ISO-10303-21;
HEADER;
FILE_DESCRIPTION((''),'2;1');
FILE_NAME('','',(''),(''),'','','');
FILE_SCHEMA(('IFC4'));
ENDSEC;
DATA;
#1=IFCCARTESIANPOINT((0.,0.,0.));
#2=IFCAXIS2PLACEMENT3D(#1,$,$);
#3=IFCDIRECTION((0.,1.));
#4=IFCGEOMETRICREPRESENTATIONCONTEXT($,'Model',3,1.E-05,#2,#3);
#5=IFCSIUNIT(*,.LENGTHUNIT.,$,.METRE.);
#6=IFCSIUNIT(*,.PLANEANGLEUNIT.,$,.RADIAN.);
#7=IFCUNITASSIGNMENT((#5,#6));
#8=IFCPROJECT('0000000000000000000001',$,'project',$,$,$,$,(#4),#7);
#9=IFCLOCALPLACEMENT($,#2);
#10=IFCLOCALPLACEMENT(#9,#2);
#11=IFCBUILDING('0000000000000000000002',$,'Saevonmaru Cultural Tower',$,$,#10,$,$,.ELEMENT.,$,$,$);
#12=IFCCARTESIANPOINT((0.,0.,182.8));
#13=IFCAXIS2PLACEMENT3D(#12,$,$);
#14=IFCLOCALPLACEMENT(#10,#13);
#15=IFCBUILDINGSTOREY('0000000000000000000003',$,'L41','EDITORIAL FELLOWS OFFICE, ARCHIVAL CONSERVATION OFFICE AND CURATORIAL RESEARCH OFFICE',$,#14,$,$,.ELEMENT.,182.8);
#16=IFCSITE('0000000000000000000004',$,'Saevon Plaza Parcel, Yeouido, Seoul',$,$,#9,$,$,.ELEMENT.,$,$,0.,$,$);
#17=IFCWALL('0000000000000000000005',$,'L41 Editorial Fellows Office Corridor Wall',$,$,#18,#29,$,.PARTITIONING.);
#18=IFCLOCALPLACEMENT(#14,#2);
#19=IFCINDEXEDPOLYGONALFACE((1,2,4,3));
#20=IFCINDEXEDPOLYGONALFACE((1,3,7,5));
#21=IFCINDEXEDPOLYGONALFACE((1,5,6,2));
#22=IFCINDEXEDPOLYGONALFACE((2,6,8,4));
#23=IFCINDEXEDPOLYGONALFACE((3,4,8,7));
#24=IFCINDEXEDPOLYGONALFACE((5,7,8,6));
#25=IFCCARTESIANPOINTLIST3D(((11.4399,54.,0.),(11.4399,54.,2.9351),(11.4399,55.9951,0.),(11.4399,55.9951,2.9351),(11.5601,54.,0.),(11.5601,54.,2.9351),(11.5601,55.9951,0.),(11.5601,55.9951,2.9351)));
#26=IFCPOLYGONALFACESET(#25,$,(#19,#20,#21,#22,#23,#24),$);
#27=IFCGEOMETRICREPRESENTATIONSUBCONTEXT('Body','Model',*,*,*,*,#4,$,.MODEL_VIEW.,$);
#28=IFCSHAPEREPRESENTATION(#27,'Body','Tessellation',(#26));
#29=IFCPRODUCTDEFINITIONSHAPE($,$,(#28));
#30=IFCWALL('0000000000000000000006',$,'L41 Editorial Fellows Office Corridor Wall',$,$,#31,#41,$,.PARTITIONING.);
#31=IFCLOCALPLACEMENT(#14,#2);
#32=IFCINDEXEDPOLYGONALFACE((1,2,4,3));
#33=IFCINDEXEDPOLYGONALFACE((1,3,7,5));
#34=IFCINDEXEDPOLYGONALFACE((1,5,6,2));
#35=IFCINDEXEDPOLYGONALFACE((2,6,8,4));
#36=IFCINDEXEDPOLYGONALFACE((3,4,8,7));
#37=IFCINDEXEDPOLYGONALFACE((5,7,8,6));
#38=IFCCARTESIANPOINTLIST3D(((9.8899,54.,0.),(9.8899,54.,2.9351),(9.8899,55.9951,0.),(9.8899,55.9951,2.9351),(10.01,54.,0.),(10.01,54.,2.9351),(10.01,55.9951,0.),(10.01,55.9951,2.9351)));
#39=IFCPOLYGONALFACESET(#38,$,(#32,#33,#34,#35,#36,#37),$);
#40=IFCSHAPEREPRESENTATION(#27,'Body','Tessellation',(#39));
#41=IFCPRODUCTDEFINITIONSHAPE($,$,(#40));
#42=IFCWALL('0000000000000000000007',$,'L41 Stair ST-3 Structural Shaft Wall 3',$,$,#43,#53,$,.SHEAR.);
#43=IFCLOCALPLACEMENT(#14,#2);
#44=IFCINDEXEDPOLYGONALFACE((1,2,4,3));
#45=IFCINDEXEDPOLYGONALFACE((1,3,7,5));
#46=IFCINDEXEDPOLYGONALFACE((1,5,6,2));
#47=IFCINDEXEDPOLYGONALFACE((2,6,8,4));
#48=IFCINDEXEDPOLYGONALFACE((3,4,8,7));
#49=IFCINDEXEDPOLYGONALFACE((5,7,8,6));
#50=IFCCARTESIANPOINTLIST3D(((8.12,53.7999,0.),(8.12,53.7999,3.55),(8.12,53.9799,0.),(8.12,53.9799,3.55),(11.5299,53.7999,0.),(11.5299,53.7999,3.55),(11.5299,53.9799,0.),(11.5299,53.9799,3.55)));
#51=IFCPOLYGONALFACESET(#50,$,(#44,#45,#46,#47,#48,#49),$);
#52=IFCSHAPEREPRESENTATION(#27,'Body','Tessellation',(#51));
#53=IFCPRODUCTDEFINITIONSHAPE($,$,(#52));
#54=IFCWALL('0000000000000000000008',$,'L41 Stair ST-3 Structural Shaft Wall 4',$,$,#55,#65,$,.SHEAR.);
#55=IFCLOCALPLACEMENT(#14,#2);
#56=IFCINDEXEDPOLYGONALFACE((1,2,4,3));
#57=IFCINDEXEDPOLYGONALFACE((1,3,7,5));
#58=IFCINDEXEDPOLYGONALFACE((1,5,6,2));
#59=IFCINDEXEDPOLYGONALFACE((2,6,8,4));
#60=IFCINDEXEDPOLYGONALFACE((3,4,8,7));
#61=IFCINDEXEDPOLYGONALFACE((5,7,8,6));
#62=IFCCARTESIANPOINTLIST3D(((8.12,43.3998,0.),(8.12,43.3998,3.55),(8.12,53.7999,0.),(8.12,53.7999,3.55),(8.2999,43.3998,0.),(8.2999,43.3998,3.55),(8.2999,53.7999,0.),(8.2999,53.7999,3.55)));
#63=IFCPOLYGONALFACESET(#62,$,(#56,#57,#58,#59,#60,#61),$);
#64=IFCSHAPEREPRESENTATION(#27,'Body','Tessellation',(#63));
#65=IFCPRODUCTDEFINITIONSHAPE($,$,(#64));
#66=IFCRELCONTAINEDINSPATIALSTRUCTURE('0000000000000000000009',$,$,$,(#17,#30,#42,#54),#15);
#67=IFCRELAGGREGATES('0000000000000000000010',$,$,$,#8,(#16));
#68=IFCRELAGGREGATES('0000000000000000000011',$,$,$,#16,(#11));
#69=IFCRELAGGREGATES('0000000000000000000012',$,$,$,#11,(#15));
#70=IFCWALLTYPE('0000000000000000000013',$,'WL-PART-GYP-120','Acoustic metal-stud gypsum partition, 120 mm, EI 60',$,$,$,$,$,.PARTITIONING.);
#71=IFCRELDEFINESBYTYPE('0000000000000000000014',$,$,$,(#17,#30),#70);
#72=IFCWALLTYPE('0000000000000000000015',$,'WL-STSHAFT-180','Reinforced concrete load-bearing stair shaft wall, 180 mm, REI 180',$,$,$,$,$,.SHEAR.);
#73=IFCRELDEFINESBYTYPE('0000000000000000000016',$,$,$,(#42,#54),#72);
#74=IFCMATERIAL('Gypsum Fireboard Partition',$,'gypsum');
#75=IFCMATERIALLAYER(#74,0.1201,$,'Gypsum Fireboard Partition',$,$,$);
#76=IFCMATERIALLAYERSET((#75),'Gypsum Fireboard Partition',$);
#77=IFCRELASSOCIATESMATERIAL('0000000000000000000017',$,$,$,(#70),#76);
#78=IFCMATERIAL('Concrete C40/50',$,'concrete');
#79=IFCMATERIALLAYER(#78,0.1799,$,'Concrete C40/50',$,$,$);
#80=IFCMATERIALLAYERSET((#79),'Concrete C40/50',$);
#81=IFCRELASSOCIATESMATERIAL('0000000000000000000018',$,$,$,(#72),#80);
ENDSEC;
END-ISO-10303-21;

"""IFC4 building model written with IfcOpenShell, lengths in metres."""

from ifc_helpers import new_model, si_unit, direction, frame, frame_2d, origin, place, context, subcontext, project, spatial, rectangle, extrude, material, layer, layer_set, type_object, element, save


model = new_model("IFC4")

# Units and contexts
model_context = context("Model", 3, precision=1e-05, world=origin(), true_north=direction((0.0, 1.0)))
body_context = subcontext(model_context, "Body", "Model", "MODEL_VIEW")
ifc_project = project(units=[si_unit("LENGTHUNIT", "METRE"), si_unit("PLANEANGLEUNIT", "RADIAN")], contexts=[model_context])

# Site, building, storey
site_placement = place(None, origin())
site = spatial("IfcSite", under=ifc_project, at=site_placement, Name="Saevon Plaza Parcel, Yeouido, Seoul", CompositionType="ELEMENT", RefElevation=0.0)
building_placement = place(site_placement, origin())
building = spatial("IfcBuilding", under=site, at=building_placement, Name="Saevonmaru Cultural Tower", CompositionType="ELEMENT")
storey_placement = place(building_placement, frame((0.0, 0.0, 182.8)))
storey = spatial("IfcBuildingStorey", under=building, at=storey_placement, Name="L41", Description="EDITORIAL FELLOWS OFFICE, ARCHIVAL CONSERVATION OFFICE AND CURATORIAL RESEARCH OFFICE", CompositionType="ELEMENT", Elevation=182.8)

# Walls
ifc_material_1 = material(Name="Gypsum Fireboard Partition", Category="gypsum")
ifc_layer_1 = layer(ifc_material_1, 0.1201, Name="Gypsum Fireboard Partition")
ifc_layer_set_1 = layer_set([ifc_layer_1], Name="Gypsum Fireboard Partition")
wall_type_1 = type_object("IfcWallType", Name="WL-PART-GYP-120", Description="Acoustic metal-stud gypsum partition, 120 mm, EI 60", PredefinedType="PARTITIONING", material=ifc_layer_set_1)
for number, where, z_axis, x_axis, name in (
    (1, (11.5, 54.0, 0.0), (0.0, 0.0, 1.0), (0.0, 1.0, 0.0), "L41 Editorial Fellows Office Corridor Wall"),
    (2, (9.95, 54.0, 0.0), (0.0, 0.0, 1.0), (0.0, 1.0, 0.0), "L41 Editorial Fellows Office Corridor Wall"),
):
    element("IfcWall", number, at=place(storey_placement, frame(where, z_axis=z_axis, x_axis=x_axis)), inside=storey, type_object=wall_type_1, Name=name, PredefinedType="PARTITIONING", context=body_context, shape_type="SweptSolid", body=[
        extrude(rectangle(XDim=1.9951, YDim=0.1201, at=frame_2d((0.9976, 0.0))), origin(), (0.0, 0.0, 1.0), 2.9351),
    ])
ifc_material_2 = material(Name="Concrete C40/50", Category="concrete")
ifc_layer_2 = layer(ifc_material_2, 0.1799, Name="Concrete C40/50")
ifc_layer_set_2 = layer_set([ifc_layer_2], Name="Concrete C40/50")
wall_type_2 = type_object("IfcWallType", Name="WL-STSHAFT-180", Description="Reinforced concrete load-bearing stair shaft wall, 180 mm, REI 180", PredefinedType="SHEAR", material=ifc_layer_set_2)
wall_1_placement = place(storey_placement, frame((11.53, 53.8899, 0.0), z_axis=(0.0, 0.0, 1.0), x_axis=(-1.0, 0.0, 0.0)))
element("IfcWall", 3, at=wall_1_placement, inside=storey, type_object=wall_type_2, Name="L41 Stair ST-3 Structural Shaft Wall 3", PredefinedType="SHEAR", context=body_context, shape_type="SweptSolid", body=[
    extrude(rectangle(XDim=3.4099, YDim=0.1799, at=frame_2d((1.7051, 0.0))), origin(), (0.0, 0.0, 1.0), 3.55),
])
wall_2_placement = place(storey_placement, frame((8.21, 53.8, 0.0), z_axis=(0.0, 0.0, 1.0), x_axis=(0.0, -1.0, 0.0)))
element("IfcWall", 4, at=wall_2_placement, inside=storey, type_object=wall_type_2, Name="L41 Stair ST-3 Structural Shaft Wall 4", PredefinedType="SHEAR", context=body_context, shape_type="SweptSolid", body=[
    extrude(rectangle(XDim=10.4001, YDim=0.1799, at=frame_2d((5.2002, 0.0))), origin(), (0.0, 0.0, 1.0), 3.55),
])

save(model, "model.ifc")
